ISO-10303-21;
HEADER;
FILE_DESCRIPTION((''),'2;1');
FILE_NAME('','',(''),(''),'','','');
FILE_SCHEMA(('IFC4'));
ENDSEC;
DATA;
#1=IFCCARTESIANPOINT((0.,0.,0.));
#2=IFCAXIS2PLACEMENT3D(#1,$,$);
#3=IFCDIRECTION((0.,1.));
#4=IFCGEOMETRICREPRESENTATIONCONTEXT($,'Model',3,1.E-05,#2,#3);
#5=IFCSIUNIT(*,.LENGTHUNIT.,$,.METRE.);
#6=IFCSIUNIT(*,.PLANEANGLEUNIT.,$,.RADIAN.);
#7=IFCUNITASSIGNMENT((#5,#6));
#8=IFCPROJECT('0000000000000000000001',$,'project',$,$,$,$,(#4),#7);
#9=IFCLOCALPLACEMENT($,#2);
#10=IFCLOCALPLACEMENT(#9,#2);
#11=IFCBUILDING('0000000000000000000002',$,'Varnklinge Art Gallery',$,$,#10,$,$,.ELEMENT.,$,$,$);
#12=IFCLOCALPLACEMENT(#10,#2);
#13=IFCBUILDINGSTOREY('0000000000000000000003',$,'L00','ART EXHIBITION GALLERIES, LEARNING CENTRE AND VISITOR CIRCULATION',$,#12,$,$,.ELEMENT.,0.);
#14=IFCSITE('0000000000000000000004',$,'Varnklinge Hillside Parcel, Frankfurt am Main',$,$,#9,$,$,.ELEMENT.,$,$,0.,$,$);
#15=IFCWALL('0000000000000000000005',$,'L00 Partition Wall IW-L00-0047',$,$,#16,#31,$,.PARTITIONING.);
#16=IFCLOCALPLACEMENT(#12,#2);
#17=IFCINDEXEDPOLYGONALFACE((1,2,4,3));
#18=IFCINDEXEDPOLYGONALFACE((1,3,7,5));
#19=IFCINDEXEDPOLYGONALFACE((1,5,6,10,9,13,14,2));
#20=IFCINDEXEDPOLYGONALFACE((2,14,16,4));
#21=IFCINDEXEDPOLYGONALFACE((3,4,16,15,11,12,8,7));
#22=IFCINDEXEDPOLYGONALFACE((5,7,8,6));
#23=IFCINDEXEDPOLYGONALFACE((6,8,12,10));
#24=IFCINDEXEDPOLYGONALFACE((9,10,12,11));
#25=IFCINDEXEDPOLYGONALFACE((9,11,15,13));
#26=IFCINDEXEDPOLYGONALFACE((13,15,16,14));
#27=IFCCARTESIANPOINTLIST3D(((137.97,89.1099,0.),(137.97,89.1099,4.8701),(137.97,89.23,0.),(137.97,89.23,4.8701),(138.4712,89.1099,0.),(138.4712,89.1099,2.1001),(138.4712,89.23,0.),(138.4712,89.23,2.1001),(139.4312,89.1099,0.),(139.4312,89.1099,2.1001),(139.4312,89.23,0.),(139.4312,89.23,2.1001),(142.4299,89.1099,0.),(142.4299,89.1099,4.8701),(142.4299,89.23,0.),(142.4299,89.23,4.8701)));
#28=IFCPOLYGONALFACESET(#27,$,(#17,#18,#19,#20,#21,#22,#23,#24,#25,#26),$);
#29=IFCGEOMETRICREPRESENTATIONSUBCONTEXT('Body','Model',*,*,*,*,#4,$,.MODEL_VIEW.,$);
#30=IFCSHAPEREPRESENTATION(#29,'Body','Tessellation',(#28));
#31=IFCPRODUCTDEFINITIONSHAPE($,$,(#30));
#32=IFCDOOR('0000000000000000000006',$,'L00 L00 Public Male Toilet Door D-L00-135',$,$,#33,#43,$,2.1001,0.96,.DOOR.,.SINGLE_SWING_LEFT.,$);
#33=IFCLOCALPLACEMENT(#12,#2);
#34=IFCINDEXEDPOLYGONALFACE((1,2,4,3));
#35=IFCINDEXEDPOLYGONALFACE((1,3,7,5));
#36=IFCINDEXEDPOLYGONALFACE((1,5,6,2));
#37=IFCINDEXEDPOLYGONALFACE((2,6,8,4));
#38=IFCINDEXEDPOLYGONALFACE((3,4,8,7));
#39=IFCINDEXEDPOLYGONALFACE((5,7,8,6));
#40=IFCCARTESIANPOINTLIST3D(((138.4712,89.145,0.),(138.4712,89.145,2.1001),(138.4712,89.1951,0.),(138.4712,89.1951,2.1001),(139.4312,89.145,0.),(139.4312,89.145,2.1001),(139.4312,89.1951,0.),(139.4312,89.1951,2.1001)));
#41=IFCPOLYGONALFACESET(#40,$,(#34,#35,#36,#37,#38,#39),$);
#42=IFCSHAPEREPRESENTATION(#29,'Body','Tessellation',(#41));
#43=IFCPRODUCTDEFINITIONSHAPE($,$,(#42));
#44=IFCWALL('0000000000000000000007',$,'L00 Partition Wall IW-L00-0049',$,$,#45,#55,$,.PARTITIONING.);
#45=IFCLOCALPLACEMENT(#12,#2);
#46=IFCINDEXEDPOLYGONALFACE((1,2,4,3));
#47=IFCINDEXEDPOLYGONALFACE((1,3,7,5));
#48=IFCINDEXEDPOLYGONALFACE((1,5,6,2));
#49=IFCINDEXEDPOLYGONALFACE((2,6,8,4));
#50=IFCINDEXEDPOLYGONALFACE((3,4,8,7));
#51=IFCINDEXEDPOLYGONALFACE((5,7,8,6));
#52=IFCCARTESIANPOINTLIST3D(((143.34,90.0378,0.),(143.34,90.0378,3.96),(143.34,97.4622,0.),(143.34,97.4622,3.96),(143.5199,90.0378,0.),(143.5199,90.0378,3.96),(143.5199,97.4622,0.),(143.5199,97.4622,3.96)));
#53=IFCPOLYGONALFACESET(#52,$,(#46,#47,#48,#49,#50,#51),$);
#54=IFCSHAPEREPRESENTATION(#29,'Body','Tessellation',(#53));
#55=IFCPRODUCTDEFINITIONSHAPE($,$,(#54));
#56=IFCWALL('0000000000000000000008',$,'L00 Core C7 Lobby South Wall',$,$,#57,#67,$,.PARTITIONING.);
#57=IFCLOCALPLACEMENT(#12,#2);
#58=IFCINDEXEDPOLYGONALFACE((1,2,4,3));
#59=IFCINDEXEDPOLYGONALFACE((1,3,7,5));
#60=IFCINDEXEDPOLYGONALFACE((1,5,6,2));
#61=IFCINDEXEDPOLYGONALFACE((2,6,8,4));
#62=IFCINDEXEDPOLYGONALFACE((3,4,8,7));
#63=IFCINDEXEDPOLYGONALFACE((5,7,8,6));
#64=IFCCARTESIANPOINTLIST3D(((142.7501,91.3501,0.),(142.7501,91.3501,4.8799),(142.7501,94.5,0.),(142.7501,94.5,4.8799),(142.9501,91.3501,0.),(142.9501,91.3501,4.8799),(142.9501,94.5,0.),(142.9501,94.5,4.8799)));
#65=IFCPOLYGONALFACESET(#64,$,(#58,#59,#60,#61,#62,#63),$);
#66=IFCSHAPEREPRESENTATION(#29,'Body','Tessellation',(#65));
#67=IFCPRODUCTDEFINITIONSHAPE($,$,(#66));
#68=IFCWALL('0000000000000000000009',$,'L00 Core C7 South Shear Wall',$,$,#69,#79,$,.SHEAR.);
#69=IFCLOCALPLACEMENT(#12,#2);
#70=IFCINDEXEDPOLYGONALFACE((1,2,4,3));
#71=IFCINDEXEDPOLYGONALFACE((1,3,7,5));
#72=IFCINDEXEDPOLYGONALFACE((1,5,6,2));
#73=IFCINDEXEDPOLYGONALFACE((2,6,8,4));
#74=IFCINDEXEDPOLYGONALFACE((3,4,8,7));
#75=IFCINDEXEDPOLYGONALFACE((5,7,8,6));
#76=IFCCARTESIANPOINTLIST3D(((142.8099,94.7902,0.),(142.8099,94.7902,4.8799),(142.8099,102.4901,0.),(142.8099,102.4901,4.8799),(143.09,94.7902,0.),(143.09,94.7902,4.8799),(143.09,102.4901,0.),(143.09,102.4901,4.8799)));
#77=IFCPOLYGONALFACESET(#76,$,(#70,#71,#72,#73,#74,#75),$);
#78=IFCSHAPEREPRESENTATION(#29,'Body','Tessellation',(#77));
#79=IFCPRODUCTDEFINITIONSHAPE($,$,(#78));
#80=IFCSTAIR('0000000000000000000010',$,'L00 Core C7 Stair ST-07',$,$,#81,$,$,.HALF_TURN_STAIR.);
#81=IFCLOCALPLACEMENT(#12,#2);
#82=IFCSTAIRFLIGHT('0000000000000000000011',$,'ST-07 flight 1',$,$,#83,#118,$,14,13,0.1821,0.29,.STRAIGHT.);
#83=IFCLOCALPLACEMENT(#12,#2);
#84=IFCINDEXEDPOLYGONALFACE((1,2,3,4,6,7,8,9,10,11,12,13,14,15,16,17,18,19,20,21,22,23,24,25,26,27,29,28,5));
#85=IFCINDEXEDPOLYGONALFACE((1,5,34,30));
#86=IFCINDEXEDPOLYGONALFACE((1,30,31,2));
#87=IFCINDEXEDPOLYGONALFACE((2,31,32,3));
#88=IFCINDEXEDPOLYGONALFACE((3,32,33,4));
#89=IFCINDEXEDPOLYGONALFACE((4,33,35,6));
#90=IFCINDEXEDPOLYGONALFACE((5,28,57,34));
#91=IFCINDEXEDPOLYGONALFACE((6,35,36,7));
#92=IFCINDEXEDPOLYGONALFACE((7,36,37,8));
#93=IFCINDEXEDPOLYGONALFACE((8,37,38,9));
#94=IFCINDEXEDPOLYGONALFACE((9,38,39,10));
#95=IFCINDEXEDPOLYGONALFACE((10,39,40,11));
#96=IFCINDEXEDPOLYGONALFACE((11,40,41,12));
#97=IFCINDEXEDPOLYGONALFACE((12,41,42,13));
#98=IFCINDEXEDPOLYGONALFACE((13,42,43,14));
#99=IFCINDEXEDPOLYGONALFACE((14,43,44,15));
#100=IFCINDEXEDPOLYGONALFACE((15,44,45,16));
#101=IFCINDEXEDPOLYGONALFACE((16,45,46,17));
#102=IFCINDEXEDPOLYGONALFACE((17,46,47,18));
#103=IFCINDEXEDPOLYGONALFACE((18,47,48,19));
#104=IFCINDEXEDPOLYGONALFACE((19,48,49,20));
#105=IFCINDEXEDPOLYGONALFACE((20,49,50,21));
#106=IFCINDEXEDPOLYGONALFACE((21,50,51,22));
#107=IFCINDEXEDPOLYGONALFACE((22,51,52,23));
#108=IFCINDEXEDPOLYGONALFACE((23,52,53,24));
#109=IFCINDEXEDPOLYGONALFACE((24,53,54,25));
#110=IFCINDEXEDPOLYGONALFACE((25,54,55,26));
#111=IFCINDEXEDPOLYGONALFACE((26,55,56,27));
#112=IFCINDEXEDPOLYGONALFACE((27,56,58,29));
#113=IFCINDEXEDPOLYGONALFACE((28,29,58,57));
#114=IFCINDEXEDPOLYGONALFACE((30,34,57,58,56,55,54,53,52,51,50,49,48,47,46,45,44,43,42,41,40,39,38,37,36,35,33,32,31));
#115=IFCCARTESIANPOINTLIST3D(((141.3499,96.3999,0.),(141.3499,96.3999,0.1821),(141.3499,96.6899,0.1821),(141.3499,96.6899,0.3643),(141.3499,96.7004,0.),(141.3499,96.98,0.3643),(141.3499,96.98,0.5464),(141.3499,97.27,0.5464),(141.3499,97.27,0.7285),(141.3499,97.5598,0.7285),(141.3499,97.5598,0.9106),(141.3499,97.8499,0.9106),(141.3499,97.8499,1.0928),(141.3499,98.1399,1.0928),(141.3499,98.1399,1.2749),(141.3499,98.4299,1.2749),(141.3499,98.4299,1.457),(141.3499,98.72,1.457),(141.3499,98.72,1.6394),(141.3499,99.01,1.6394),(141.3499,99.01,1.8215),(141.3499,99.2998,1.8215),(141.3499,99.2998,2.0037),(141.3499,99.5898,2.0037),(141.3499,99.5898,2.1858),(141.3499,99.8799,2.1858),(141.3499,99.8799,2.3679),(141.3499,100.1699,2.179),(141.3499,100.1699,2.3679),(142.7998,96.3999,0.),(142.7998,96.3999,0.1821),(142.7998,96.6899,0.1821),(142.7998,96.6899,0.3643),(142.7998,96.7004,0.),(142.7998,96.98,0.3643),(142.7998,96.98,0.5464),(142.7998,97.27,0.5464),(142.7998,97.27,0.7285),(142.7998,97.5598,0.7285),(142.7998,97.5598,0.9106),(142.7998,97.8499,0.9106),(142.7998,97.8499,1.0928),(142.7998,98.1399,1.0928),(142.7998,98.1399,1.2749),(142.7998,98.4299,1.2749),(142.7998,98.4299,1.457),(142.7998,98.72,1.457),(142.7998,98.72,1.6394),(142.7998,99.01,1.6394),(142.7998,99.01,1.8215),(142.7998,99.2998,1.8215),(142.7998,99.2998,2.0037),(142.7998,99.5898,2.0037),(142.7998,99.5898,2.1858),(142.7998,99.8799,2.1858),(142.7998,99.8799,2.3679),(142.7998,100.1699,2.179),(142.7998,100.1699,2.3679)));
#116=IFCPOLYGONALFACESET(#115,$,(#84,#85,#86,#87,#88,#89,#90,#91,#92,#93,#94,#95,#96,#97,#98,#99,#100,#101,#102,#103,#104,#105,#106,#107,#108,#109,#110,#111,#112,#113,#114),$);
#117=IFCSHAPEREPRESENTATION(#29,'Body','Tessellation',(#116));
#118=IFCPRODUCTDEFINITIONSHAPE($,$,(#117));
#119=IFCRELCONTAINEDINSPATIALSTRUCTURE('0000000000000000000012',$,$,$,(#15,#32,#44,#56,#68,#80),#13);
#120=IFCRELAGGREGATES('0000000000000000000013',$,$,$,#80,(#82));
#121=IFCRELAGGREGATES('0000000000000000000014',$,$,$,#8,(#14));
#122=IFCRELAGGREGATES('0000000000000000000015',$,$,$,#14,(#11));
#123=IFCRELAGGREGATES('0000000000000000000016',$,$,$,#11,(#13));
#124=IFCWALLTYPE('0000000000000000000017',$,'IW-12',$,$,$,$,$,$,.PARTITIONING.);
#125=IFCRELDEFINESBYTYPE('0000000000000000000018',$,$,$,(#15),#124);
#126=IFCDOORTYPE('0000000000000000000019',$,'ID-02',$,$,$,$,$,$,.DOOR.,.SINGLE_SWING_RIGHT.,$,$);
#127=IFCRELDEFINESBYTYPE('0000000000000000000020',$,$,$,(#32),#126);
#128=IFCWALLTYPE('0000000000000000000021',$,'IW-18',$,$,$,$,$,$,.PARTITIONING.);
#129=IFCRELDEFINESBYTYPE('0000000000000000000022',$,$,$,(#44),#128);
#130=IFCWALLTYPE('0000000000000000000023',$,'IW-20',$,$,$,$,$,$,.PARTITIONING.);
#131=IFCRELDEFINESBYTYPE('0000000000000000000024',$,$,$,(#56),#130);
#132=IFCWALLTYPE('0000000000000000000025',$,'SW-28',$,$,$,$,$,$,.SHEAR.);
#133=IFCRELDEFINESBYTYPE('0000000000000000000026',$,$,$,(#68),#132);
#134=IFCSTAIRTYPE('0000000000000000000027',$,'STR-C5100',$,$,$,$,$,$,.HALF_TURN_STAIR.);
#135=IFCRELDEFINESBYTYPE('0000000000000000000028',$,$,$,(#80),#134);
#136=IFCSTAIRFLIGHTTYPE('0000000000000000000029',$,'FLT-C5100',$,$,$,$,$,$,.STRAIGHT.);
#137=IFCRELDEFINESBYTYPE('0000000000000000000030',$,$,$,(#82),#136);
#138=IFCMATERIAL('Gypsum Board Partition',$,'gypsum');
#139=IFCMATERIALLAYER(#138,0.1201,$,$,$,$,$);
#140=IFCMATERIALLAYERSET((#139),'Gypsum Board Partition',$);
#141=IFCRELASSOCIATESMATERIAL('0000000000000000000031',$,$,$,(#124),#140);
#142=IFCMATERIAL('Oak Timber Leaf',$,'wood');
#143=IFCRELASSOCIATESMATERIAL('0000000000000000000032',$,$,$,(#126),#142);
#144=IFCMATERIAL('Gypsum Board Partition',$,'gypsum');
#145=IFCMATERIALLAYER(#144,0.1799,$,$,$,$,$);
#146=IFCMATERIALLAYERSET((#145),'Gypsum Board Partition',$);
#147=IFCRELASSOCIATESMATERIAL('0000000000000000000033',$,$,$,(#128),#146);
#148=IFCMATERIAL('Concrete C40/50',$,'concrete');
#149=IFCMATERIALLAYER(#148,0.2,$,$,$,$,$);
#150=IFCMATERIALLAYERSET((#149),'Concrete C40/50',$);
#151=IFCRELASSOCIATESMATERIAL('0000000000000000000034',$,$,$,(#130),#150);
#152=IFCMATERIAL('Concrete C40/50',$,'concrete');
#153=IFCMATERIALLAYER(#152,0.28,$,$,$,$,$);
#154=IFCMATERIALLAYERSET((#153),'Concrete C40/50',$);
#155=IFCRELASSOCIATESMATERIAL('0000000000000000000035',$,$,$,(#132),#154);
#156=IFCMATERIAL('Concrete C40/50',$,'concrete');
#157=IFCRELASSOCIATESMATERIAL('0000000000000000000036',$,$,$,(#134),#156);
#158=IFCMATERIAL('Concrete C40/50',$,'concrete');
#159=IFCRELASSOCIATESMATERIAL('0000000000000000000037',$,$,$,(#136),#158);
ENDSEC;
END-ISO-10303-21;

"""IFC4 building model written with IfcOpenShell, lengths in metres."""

from ifc_helpers import new_model, si_unit, direction, frame, frame_2d, origin, place, context, subcontext, project, spatial, polyline, rectangle, outline, extrude, material, layer, layer_set, type_object, element, fill, aggregate, save


model = new_model("IFC4")

# Units and contexts
model_context = context("Model", 3, precision=1e-05, world=origin(), true_north=direction((0.0, 1.0)))
body_context = subcontext(model_context, "Body", "Model", "MODEL_VIEW")
ifc_project = project(units=[si_unit("LENGTHUNIT", "METRE"), si_unit("PLANEANGLEUNIT", "RADIAN")], contexts=[model_context])

# Site, building, storey
site_placement = place(None, origin())
site = spatial("IfcSite", under=ifc_project, at=site_placement, Name="Varnklinge Hillside Parcel, Frankfurt am Main", CompositionType="ELEMENT", RefElevation=0.0)
building_placement = place(site_placement, origin())
building = spatial("IfcBuilding", under=site, at=building_placement, Name="Varnklinge Art Gallery", CompositionType="ELEMENT")
storey_placement = place(building_placement, origin())
storey = spatial("IfcBuildingStorey", under=building, at=storey_placement, Name="L00", Description="ART EXHIBITION GALLERIES, LEARNING CENTRE AND VISITOR CIRCULATION", CompositionType="ELEMENT", Elevation=0.0)

# Wall, opening, door
ifc_material_1 = material(Name="Gypsum Board Partition", Category="gypsum")
ifc_layer_1 = layer(ifc_material_1, 0.1201)
ifc_layer_set_1 = layer_set([ifc_layer_1], Name="Gypsum Board Partition")
wall_type_1 = type_object("IfcWallType", Name="IW-12", PredefinedType="PARTITIONING", material=ifc_layer_set_1)
wall_1_placement = place(storey_placement, frame((142.4299, 89.1699, 0.0), z_axis=(0.0, 0.0, 1.0), x_axis=(-1.0, 0.0, 0.0)))
wall_1 = element("IfcWall", 1, at=wall_1_placement, inside=storey, type_object=wall_type_1, Name="L00 Partition Wall IW-L00-0047", PredefinedType="PARTITIONING", context=body_context, shape_type="SweptSolid", body=[
    extrude(rectangle(XDim=4.46, YDim=0.1201, at=frame_2d((2.23, 0.0))), origin(), (0.0, 0.0, 1.0), 4.8701),
])
opening_1_placement = place(wall_1_placement, frame((2.9988, 0.0, 0.0)))
opening_1 = element("IfcOpeningElement", 2, at=opening_1_placement, cuts=wall_1, PredefinedType="OPENING", context=body_context, shape_type="SweptSolid", body=[
    extrude(rectangle(XDim=0.96, YDim=2.1001, at=frame_2d((0.48, 1.05))), frame((0.0, 0.0701, 0.0), z_axis=(0.0, -1.0, 0.0), x_axis=(1.0, 0.0, 0.0)), (0.0, 0.0, 1.0), 0.1401),
])
ifc_material_2 = material(Name="Oak Timber Leaf", Category="wood")
door_type_1 = type_object("IfcDoorType", Name="ID-02", OperationType="SINGLE_SWING_RIGHT", PredefinedType="DOOR", material=ifc_material_2)
door_1_placement = place(opening_1_placement, origin())
door_1 = element("IfcDoor", 3, at=door_1_placement, inside=storey, type_object=door_type_1, Name="L00 L00 Public Male Toilet Door D-L00-135", OperationType="SINGLE_SWING_LEFT", OverallHeight=2.1001, OverallWidth=0.96, PredefinedType="DOOR", context=body_context, shape_type="SweptSolid", body=[
    extrude(rectangle(XDim=0.96, YDim=2.1001, at=frame_2d((0.48, 1.05))), frame((0.0, 0.0249, 0.0), z_axis=(0.0, -1.0, 0.0), x_axis=(1.0, 0.0, 0.0)), (0.0, 0.0, 1.0), 0.05),
])
fill(opening_1, door_1)

# Walls
ifc_material_3 = material(Name="Gypsum Board Partition", Category="gypsum")
ifc_layer_2 = layer(ifc_material_3, 0.1799)
ifc_layer_set_2 = layer_set([ifc_layer_2], Name="Gypsum Board Partition")
wall_type_2 = type_object("IfcWallType", Name="IW-18", PredefinedType="PARTITIONING", material=ifc_layer_set_2)
wall_2_placement = place(storey_placement, frame((143.4299, 97.4622, 0.0), z_axis=(0.0, 0.0, 1.0), x_axis=(0.0, -1.0, 0.0)))
element("IfcWall", 4, at=wall_2_placement, inside=storey, type_object=wall_type_2, Name="L00 Partition Wall IW-L00-0049", PredefinedType="PARTITIONING", context=body_context, shape_type="SweptSolid", body=[
    extrude(rectangle(XDim=7.4243, YDim=0.1799, at=frame_2d((3.7122, 0.0))), origin(), (0.0, 0.0, 1.0), 3.96),
])
ifc_material_4 = material(Name="Concrete C40/50", Category="concrete")
ifc_layer_3 = layer(ifc_material_4, 0.2)
ifc_layer_set_3 = layer_set([ifc_layer_3], Name="Concrete C40/50")
wall_type_3 = type_object("IfcWallType", Name="IW-20", PredefinedType="PARTITIONING", material=ifc_layer_set_3)
wall_3_placement = place(storey_placement, frame((142.8501, 91.3501, 0.0), z_axis=(0.0, 0.0, 1.0), x_axis=(0.0, 1.0, 0.0)))
element("IfcWall", 5, at=wall_3_placement, inside=storey, type_object=wall_type_3, Name="L00 Core C7 Lobby South Wall", PredefinedType="PARTITIONING", context=body_context, shape_type="SweptSolid", body=[
    extrude(rectangle(XDim=3.1499, YDim=0.2, at=frame_2d((1.575, 0.0))), origin(), (0.0, 0.0, 1.0), 4.8799),
])

# Wall
ifc_material_5 = material(Name="Concrete C40/50", Category="concrete")
ifc_layer_4 = layer(ifc_material_5, 0.28)
ifc_layer_set_4 = layer_set([ifc_layer_4], Name="Concrete C40/50")
wall_type_4 = type_object("IfcWallType", Name="SW-28", PredefinedType="SHEAR", material=ifc_layer_set_4)
wall_4_placement = place(storey_placement, frame((142.95, 94.79, 0.0), z_axis=(0.0, 0.0, 1.0), x_axis=(0.0, 1.0, 0.0)))
element("IfcWall", 6, at=wall_4_placement, inside=storey, type_object=wall_type_4, Name="L00 Core C7 South Shear Wall", PredefinedType="SHEAR", context=body_context, shape_type="SweptSolid", body=[
    extrude(rectangle(XDim=7.7, YDim=0.28, at=frame_2d((3.8501, 0.0))), origin(), (0.0, 0.0, 1.0), 4.8799),
])

# Stair, stair flight
ifc_material_6 = material(Name="Concrete C40/50", Category="concrete")
stair_type_1 = type_object("IfcStairType", Name="STR-C5100", PredefinedType="HALF_TURN_STAIR", material=ifc_material_6)
stair_1_placement = place(storey_placement, origin())
stair_1 = element("IfcStair", 7, at=stair_1_placement, inside=storey, type_object=stair_type_1, Name="L00 Core C7 Stair ST-07", PredefinedType="HALF_TURN_STAIR")
ifc_material_7 = material(Name="Concrete C40/50", Category="concrete")
stair_flight_type_1 = type_object("IfcStairFlightType", Name="FLT-C5100", PredefinedType="STRAIGHT", material=ifc_material_7)
stair_flight_1_placement = place(storey_placement, frame((142.075, 96.3999, 0.0), z_axis=(0.0, 0.0, 1.0), x_axis=(0.0, 1.0, 0.0)))
stair_flight_1 = element("IfcStairFlight", 8, at=stair_flight_1_placement, type_object=stair_flight_type_1, Name="ST-07 flight 1", NumberOfRisers=14, NumberOfTreads=13, PredefinedType="STRAIGHT", RiserHeight=0.1821, TreadLength=0.29, context=body_context, shape_type="SweptSolid", body=[
    extrude(outline(polyline([(0.0, 0.0), (0.0, 0.1821), (0.29, 0.1821), (0.29, 0.3643), (0.5801, 0.3643), (0.5801, 0.5464), (0.8701, 0.5464), (0.8701, 0.7285), (1.1599, 0.7285), (1.1599, 0.9106), (1.45, 0.9106), (1.45, 1.0928), (1.74, 1.0928), (1.74, 1.2749), (2.03, 1.2749), (2.03, 1.457), (2.3201, 1.457), (2.3201, 1.6394), (2.6101, 1.6394), (2.6101, 1.8215), (2.8999, 1.8215), (2.8999, 2.0037), (3.1899, 2.0037), (3.1899, 2.1858), (3.48, 2.1858), (3.48, 2.3679), (3.77, 2.3679), (3.77, 2.55), (3.77, 2.179), (0.3005, 0.0), (0.0, 0.0)])), frame((0.0, 0.7251, 0.0), z_axis=(0.0, -1.0, 0.0), x_axis=(1.0, 0.0, 0.0)), (0.0, 0.0, 1.0), 1.45),
])
aggregate(stair_1, [stair_flight_1])

save(model, "model.ifc")
